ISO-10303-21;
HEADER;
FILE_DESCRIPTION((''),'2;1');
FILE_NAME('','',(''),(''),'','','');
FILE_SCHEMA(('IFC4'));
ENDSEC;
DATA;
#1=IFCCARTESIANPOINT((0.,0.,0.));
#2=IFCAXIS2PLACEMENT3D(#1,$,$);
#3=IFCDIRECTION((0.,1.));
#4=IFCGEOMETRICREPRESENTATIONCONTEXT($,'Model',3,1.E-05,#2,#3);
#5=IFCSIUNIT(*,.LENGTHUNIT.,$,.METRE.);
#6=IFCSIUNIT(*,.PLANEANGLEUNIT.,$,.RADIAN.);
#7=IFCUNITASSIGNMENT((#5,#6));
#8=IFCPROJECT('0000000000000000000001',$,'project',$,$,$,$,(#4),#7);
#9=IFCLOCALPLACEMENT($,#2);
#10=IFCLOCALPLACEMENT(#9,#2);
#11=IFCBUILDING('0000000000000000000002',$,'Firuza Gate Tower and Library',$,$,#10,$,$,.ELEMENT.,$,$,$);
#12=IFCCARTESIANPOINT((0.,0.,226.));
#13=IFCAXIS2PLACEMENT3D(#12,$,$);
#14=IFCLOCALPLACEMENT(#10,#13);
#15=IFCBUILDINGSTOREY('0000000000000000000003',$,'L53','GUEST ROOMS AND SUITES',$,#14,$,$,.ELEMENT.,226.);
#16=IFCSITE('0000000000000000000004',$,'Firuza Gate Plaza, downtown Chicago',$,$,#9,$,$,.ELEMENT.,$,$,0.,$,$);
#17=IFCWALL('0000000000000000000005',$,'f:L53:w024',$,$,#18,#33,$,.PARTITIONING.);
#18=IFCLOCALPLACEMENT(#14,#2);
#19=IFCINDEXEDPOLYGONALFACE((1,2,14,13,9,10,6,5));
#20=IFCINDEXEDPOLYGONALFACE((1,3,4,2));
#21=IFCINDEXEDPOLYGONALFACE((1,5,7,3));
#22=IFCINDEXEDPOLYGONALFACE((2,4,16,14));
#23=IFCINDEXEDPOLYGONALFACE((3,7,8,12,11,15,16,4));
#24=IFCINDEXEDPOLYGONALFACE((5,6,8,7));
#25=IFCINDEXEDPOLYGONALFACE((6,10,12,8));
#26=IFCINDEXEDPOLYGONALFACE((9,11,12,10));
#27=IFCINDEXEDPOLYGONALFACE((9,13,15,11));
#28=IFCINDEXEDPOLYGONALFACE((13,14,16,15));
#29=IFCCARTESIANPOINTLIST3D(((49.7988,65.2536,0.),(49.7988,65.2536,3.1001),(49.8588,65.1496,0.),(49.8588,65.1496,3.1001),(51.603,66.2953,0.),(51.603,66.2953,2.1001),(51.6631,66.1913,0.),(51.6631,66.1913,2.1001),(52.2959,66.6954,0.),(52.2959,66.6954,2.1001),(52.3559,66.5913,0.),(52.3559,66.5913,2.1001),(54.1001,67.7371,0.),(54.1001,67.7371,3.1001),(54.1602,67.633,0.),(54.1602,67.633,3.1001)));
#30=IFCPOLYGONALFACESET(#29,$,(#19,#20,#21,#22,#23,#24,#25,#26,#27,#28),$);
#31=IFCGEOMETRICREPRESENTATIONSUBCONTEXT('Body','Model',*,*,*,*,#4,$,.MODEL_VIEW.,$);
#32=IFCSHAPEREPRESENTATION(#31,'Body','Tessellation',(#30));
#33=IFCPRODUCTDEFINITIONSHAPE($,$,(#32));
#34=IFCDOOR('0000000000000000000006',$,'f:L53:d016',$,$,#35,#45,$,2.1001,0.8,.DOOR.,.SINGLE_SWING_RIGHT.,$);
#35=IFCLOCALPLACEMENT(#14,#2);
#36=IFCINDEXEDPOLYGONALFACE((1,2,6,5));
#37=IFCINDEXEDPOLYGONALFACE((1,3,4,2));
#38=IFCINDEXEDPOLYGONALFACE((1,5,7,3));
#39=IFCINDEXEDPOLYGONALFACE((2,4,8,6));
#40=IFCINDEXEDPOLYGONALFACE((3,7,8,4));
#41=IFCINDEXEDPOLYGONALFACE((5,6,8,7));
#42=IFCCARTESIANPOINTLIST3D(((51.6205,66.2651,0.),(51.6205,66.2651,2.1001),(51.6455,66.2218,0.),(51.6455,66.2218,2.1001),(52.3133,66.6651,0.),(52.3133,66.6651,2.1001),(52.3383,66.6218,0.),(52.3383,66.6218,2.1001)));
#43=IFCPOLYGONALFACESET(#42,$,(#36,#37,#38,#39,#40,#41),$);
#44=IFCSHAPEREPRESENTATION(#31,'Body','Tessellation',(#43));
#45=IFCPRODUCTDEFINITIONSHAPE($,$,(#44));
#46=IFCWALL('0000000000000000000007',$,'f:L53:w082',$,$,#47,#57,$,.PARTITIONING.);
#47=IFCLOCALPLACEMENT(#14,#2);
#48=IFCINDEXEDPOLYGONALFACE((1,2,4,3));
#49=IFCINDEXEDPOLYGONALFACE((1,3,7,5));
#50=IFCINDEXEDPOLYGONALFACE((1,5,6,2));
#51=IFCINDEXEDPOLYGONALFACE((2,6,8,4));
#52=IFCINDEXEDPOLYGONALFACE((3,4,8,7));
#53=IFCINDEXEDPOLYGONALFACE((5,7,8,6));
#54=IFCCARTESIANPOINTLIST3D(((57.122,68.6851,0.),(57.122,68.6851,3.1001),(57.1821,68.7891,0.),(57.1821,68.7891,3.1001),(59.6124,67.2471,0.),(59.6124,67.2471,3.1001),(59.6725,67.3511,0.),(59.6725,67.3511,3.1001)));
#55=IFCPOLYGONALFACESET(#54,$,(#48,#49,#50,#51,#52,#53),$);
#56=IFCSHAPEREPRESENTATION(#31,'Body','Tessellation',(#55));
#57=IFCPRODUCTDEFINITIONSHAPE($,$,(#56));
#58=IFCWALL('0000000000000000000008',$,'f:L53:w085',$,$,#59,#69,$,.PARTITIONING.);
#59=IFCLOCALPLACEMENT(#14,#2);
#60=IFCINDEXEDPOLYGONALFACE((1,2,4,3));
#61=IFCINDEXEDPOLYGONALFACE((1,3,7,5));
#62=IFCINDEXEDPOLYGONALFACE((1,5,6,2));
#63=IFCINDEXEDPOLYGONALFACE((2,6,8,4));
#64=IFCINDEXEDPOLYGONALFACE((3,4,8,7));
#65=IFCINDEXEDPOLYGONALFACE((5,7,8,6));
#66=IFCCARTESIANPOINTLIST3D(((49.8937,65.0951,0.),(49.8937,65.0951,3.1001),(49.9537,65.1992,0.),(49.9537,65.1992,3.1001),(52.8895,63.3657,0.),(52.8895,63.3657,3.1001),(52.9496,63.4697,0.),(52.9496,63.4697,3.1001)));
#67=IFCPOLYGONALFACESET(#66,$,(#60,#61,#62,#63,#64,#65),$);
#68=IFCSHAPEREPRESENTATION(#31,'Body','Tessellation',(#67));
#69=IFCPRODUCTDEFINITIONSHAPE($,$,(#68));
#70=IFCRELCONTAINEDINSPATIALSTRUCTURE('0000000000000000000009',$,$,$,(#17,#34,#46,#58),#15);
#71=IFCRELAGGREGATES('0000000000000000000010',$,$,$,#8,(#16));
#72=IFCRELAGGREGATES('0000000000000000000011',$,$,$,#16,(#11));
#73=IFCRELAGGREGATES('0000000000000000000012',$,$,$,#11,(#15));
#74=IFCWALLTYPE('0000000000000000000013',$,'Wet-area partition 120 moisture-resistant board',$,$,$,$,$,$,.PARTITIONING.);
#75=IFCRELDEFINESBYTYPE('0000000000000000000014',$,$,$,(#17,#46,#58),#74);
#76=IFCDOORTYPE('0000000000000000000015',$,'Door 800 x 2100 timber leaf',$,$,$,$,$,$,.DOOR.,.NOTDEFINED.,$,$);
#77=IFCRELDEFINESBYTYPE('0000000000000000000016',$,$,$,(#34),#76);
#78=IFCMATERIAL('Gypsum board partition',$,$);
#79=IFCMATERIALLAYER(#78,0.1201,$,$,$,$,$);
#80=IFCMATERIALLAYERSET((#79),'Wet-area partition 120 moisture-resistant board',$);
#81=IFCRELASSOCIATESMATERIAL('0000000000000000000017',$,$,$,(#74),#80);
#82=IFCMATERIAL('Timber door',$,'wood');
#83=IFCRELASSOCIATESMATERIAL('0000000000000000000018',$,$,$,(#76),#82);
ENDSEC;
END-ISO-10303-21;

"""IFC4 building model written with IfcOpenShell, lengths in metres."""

from ifc_helpers import new_model, si_unit, direction, frame, frame_2d, origin, place, context, subcontext, project, spatial, rectangle, extrude, material, layer, layer_set, type_object, element, fill, save


model = new_model("IFC4")

# Units and contexts
model_context = context("Model", 3, precision=1e-05, world=origin(), true_north=direction((0.0, 1.0)))
body_context = subcontext(model_context, "Body", "Model", "MODEL_VIEW")
ifc_project = project(units=[si_unit("LENGTHUNIT", "METRE"), si_unit("PLANEANGLEUNIT", "RADIAN")], contexts=[model_context])

# Site, building, storey
site_placement = place(None, origin())
site = spatial("IfcSite", under=ifc_project, at=site_placement, Name="Firuza Gate Plaza, downtown Chicago", CompositionType="ELEMENT", RefElevation=0.0)
building_placement = place(site_placement, origin())
building = spatial("IfcBuilding", under=site, at=building_placement, Name="Firuza Gate Tower and Library", CompositionType="ELEMENT")
storey_placement = place(building_placement, frame((0.0, 0.0, 226.0)))
storey = spatial("IfcBuildingStorey", under=building, at=storey_placement, Name="L53", Description="GUEST ROOMS AND SUITES", CompositionType="ELEMENT", Elevation=226.0)

# Wall, opening, door
ifc_material_1 = material(Name="Gypsum board partition")
ifc_layer_1 = layer(ifc_material_1, 0.1201)
ifc_layer_set_1 = layer_set([ifc_layer_1], Name="Wet-area partition 120 moisture-resistant board")
wall_type_1 = type_object("IfcWallType", Name="Wet-area partition 120 moisture-resistant board", PredefinedType="PARTITIONING", material=ifc_layer_set_1)
ifc_material_2 = material(Name="Timber door", Category="wood")
door_type_1 = type_object("IfcDoorType", Name="Door 800 x 2100 timber leaf", OperationType="NOTDEFINED", PredefinedType="DOOR", material=ifc_material_2)
wall_1_placement = place(storey_placement, frame((54.1301, 67.6851, 0.0), z_axis=(0.0, 0.0, 1.0), x_axis=(-0.86602, -0.500009, 0.0)))
wall_1 = element("IfcWall", 1, at=wall_1_placement, inside=storey, type_object=wall_type_1, Name="f:L53:w024", PredefinedType="PARTITIONING", context=body_context, shape_type="SweptSolid", body=[
    extrude(rectangle(XDim=4.9668, YDim=0.1201, at=frame_2d((2.4834, 0.0))), origin(), (0.0, 0.0, 1.0), 3.1001),
])
opening_1_placement = place(wall_1_placement, frame((2.0835, 0.0, 0.0)))
opening_1 = element("IfcOpeningElement", 2, at=opening_1_placement, cuts=wall_1, PredefinedType="OPENING", context=body_context, shape_type="SweptSolid", body=[
    extrude(rectangle(XDim=0.8, YDim=2.1001, at=frame_2d((0.3999, 1.05))), frame((0.0, 0.0701, 0.0), z_axis=(0.0, -1.0, 0.0), x_axis=(1.0, 0.0, 0.0)), (0.0, 0.0, 1.0), 0.1401),
])
door_1_placement = place(opening_1_placement, origin())
door_1 = element("IfcDoor", 3, at=door_1_placement, inside=storey, type_object=door_type_1, Name="f:L53:d016", OperationType="SINGLE_SWING_RIGHT", OverallHeight=2.1001, OverallWidth=0.8, PredefinedType="DOOR", context=body_context, shape_type="SweptSolid", body=[
    extrude(rectangle(XDim=0.8, YDim=2.1001, at=frame_2d((0.3999, 1.05))), frame((0.0, 0.0249, 0.0), z_axis=(0.0, -1.0, 0.0), x_axis=(1.0, 0.0, 0.0)), (0.0, 0.0, 1.0), 0.05),
])
fill(opening_1, door_1)

# Walls
wall_2_placement = place(storey_placement, frame((59.6426, 67.2991, 0.0), z_axis=(0.0, 0.0, 1.0), x_axis=(-0.866009, 0.500029, 0.0)))
element("IfcWall", 4, at=wall_2_placement, inside=storey, type_object=wall_type_1, Name="f:L53:w082", PredefinedType="PARTITIONING", context=body_context, shape_type="SweptSolid", body=[
    extrude(rectangle(XDim=2.8757, YDim=0.1201, at=frame_2d((1.438, 0.0))), origin(), (0.0, 0.0, 1.0), 3.1001),
])
wall_3_placement = place(storey_placement, frame((52.9194, 63.4177, 0.0), z_axis=(0.0, 0.0, 1.0), x_axis=(-0.866046, 0.499965, 0.0)))
element("IfcWall", 5, at=wall_3_placement, inside=storey, type_object=wall_type_1, Name="f:L53:w085", PredefinedType="PARTITIONING", context=body_context, shape_type="SweptSolid", body=[
    extrude(rectangle(XDim=3.4592, YDim=0.1201, at=frame_2d((1.7295, 0.0))), origin(), (0.0, 0.0, 1.0), 3.1001),
])

save(model, "model.ifc")
